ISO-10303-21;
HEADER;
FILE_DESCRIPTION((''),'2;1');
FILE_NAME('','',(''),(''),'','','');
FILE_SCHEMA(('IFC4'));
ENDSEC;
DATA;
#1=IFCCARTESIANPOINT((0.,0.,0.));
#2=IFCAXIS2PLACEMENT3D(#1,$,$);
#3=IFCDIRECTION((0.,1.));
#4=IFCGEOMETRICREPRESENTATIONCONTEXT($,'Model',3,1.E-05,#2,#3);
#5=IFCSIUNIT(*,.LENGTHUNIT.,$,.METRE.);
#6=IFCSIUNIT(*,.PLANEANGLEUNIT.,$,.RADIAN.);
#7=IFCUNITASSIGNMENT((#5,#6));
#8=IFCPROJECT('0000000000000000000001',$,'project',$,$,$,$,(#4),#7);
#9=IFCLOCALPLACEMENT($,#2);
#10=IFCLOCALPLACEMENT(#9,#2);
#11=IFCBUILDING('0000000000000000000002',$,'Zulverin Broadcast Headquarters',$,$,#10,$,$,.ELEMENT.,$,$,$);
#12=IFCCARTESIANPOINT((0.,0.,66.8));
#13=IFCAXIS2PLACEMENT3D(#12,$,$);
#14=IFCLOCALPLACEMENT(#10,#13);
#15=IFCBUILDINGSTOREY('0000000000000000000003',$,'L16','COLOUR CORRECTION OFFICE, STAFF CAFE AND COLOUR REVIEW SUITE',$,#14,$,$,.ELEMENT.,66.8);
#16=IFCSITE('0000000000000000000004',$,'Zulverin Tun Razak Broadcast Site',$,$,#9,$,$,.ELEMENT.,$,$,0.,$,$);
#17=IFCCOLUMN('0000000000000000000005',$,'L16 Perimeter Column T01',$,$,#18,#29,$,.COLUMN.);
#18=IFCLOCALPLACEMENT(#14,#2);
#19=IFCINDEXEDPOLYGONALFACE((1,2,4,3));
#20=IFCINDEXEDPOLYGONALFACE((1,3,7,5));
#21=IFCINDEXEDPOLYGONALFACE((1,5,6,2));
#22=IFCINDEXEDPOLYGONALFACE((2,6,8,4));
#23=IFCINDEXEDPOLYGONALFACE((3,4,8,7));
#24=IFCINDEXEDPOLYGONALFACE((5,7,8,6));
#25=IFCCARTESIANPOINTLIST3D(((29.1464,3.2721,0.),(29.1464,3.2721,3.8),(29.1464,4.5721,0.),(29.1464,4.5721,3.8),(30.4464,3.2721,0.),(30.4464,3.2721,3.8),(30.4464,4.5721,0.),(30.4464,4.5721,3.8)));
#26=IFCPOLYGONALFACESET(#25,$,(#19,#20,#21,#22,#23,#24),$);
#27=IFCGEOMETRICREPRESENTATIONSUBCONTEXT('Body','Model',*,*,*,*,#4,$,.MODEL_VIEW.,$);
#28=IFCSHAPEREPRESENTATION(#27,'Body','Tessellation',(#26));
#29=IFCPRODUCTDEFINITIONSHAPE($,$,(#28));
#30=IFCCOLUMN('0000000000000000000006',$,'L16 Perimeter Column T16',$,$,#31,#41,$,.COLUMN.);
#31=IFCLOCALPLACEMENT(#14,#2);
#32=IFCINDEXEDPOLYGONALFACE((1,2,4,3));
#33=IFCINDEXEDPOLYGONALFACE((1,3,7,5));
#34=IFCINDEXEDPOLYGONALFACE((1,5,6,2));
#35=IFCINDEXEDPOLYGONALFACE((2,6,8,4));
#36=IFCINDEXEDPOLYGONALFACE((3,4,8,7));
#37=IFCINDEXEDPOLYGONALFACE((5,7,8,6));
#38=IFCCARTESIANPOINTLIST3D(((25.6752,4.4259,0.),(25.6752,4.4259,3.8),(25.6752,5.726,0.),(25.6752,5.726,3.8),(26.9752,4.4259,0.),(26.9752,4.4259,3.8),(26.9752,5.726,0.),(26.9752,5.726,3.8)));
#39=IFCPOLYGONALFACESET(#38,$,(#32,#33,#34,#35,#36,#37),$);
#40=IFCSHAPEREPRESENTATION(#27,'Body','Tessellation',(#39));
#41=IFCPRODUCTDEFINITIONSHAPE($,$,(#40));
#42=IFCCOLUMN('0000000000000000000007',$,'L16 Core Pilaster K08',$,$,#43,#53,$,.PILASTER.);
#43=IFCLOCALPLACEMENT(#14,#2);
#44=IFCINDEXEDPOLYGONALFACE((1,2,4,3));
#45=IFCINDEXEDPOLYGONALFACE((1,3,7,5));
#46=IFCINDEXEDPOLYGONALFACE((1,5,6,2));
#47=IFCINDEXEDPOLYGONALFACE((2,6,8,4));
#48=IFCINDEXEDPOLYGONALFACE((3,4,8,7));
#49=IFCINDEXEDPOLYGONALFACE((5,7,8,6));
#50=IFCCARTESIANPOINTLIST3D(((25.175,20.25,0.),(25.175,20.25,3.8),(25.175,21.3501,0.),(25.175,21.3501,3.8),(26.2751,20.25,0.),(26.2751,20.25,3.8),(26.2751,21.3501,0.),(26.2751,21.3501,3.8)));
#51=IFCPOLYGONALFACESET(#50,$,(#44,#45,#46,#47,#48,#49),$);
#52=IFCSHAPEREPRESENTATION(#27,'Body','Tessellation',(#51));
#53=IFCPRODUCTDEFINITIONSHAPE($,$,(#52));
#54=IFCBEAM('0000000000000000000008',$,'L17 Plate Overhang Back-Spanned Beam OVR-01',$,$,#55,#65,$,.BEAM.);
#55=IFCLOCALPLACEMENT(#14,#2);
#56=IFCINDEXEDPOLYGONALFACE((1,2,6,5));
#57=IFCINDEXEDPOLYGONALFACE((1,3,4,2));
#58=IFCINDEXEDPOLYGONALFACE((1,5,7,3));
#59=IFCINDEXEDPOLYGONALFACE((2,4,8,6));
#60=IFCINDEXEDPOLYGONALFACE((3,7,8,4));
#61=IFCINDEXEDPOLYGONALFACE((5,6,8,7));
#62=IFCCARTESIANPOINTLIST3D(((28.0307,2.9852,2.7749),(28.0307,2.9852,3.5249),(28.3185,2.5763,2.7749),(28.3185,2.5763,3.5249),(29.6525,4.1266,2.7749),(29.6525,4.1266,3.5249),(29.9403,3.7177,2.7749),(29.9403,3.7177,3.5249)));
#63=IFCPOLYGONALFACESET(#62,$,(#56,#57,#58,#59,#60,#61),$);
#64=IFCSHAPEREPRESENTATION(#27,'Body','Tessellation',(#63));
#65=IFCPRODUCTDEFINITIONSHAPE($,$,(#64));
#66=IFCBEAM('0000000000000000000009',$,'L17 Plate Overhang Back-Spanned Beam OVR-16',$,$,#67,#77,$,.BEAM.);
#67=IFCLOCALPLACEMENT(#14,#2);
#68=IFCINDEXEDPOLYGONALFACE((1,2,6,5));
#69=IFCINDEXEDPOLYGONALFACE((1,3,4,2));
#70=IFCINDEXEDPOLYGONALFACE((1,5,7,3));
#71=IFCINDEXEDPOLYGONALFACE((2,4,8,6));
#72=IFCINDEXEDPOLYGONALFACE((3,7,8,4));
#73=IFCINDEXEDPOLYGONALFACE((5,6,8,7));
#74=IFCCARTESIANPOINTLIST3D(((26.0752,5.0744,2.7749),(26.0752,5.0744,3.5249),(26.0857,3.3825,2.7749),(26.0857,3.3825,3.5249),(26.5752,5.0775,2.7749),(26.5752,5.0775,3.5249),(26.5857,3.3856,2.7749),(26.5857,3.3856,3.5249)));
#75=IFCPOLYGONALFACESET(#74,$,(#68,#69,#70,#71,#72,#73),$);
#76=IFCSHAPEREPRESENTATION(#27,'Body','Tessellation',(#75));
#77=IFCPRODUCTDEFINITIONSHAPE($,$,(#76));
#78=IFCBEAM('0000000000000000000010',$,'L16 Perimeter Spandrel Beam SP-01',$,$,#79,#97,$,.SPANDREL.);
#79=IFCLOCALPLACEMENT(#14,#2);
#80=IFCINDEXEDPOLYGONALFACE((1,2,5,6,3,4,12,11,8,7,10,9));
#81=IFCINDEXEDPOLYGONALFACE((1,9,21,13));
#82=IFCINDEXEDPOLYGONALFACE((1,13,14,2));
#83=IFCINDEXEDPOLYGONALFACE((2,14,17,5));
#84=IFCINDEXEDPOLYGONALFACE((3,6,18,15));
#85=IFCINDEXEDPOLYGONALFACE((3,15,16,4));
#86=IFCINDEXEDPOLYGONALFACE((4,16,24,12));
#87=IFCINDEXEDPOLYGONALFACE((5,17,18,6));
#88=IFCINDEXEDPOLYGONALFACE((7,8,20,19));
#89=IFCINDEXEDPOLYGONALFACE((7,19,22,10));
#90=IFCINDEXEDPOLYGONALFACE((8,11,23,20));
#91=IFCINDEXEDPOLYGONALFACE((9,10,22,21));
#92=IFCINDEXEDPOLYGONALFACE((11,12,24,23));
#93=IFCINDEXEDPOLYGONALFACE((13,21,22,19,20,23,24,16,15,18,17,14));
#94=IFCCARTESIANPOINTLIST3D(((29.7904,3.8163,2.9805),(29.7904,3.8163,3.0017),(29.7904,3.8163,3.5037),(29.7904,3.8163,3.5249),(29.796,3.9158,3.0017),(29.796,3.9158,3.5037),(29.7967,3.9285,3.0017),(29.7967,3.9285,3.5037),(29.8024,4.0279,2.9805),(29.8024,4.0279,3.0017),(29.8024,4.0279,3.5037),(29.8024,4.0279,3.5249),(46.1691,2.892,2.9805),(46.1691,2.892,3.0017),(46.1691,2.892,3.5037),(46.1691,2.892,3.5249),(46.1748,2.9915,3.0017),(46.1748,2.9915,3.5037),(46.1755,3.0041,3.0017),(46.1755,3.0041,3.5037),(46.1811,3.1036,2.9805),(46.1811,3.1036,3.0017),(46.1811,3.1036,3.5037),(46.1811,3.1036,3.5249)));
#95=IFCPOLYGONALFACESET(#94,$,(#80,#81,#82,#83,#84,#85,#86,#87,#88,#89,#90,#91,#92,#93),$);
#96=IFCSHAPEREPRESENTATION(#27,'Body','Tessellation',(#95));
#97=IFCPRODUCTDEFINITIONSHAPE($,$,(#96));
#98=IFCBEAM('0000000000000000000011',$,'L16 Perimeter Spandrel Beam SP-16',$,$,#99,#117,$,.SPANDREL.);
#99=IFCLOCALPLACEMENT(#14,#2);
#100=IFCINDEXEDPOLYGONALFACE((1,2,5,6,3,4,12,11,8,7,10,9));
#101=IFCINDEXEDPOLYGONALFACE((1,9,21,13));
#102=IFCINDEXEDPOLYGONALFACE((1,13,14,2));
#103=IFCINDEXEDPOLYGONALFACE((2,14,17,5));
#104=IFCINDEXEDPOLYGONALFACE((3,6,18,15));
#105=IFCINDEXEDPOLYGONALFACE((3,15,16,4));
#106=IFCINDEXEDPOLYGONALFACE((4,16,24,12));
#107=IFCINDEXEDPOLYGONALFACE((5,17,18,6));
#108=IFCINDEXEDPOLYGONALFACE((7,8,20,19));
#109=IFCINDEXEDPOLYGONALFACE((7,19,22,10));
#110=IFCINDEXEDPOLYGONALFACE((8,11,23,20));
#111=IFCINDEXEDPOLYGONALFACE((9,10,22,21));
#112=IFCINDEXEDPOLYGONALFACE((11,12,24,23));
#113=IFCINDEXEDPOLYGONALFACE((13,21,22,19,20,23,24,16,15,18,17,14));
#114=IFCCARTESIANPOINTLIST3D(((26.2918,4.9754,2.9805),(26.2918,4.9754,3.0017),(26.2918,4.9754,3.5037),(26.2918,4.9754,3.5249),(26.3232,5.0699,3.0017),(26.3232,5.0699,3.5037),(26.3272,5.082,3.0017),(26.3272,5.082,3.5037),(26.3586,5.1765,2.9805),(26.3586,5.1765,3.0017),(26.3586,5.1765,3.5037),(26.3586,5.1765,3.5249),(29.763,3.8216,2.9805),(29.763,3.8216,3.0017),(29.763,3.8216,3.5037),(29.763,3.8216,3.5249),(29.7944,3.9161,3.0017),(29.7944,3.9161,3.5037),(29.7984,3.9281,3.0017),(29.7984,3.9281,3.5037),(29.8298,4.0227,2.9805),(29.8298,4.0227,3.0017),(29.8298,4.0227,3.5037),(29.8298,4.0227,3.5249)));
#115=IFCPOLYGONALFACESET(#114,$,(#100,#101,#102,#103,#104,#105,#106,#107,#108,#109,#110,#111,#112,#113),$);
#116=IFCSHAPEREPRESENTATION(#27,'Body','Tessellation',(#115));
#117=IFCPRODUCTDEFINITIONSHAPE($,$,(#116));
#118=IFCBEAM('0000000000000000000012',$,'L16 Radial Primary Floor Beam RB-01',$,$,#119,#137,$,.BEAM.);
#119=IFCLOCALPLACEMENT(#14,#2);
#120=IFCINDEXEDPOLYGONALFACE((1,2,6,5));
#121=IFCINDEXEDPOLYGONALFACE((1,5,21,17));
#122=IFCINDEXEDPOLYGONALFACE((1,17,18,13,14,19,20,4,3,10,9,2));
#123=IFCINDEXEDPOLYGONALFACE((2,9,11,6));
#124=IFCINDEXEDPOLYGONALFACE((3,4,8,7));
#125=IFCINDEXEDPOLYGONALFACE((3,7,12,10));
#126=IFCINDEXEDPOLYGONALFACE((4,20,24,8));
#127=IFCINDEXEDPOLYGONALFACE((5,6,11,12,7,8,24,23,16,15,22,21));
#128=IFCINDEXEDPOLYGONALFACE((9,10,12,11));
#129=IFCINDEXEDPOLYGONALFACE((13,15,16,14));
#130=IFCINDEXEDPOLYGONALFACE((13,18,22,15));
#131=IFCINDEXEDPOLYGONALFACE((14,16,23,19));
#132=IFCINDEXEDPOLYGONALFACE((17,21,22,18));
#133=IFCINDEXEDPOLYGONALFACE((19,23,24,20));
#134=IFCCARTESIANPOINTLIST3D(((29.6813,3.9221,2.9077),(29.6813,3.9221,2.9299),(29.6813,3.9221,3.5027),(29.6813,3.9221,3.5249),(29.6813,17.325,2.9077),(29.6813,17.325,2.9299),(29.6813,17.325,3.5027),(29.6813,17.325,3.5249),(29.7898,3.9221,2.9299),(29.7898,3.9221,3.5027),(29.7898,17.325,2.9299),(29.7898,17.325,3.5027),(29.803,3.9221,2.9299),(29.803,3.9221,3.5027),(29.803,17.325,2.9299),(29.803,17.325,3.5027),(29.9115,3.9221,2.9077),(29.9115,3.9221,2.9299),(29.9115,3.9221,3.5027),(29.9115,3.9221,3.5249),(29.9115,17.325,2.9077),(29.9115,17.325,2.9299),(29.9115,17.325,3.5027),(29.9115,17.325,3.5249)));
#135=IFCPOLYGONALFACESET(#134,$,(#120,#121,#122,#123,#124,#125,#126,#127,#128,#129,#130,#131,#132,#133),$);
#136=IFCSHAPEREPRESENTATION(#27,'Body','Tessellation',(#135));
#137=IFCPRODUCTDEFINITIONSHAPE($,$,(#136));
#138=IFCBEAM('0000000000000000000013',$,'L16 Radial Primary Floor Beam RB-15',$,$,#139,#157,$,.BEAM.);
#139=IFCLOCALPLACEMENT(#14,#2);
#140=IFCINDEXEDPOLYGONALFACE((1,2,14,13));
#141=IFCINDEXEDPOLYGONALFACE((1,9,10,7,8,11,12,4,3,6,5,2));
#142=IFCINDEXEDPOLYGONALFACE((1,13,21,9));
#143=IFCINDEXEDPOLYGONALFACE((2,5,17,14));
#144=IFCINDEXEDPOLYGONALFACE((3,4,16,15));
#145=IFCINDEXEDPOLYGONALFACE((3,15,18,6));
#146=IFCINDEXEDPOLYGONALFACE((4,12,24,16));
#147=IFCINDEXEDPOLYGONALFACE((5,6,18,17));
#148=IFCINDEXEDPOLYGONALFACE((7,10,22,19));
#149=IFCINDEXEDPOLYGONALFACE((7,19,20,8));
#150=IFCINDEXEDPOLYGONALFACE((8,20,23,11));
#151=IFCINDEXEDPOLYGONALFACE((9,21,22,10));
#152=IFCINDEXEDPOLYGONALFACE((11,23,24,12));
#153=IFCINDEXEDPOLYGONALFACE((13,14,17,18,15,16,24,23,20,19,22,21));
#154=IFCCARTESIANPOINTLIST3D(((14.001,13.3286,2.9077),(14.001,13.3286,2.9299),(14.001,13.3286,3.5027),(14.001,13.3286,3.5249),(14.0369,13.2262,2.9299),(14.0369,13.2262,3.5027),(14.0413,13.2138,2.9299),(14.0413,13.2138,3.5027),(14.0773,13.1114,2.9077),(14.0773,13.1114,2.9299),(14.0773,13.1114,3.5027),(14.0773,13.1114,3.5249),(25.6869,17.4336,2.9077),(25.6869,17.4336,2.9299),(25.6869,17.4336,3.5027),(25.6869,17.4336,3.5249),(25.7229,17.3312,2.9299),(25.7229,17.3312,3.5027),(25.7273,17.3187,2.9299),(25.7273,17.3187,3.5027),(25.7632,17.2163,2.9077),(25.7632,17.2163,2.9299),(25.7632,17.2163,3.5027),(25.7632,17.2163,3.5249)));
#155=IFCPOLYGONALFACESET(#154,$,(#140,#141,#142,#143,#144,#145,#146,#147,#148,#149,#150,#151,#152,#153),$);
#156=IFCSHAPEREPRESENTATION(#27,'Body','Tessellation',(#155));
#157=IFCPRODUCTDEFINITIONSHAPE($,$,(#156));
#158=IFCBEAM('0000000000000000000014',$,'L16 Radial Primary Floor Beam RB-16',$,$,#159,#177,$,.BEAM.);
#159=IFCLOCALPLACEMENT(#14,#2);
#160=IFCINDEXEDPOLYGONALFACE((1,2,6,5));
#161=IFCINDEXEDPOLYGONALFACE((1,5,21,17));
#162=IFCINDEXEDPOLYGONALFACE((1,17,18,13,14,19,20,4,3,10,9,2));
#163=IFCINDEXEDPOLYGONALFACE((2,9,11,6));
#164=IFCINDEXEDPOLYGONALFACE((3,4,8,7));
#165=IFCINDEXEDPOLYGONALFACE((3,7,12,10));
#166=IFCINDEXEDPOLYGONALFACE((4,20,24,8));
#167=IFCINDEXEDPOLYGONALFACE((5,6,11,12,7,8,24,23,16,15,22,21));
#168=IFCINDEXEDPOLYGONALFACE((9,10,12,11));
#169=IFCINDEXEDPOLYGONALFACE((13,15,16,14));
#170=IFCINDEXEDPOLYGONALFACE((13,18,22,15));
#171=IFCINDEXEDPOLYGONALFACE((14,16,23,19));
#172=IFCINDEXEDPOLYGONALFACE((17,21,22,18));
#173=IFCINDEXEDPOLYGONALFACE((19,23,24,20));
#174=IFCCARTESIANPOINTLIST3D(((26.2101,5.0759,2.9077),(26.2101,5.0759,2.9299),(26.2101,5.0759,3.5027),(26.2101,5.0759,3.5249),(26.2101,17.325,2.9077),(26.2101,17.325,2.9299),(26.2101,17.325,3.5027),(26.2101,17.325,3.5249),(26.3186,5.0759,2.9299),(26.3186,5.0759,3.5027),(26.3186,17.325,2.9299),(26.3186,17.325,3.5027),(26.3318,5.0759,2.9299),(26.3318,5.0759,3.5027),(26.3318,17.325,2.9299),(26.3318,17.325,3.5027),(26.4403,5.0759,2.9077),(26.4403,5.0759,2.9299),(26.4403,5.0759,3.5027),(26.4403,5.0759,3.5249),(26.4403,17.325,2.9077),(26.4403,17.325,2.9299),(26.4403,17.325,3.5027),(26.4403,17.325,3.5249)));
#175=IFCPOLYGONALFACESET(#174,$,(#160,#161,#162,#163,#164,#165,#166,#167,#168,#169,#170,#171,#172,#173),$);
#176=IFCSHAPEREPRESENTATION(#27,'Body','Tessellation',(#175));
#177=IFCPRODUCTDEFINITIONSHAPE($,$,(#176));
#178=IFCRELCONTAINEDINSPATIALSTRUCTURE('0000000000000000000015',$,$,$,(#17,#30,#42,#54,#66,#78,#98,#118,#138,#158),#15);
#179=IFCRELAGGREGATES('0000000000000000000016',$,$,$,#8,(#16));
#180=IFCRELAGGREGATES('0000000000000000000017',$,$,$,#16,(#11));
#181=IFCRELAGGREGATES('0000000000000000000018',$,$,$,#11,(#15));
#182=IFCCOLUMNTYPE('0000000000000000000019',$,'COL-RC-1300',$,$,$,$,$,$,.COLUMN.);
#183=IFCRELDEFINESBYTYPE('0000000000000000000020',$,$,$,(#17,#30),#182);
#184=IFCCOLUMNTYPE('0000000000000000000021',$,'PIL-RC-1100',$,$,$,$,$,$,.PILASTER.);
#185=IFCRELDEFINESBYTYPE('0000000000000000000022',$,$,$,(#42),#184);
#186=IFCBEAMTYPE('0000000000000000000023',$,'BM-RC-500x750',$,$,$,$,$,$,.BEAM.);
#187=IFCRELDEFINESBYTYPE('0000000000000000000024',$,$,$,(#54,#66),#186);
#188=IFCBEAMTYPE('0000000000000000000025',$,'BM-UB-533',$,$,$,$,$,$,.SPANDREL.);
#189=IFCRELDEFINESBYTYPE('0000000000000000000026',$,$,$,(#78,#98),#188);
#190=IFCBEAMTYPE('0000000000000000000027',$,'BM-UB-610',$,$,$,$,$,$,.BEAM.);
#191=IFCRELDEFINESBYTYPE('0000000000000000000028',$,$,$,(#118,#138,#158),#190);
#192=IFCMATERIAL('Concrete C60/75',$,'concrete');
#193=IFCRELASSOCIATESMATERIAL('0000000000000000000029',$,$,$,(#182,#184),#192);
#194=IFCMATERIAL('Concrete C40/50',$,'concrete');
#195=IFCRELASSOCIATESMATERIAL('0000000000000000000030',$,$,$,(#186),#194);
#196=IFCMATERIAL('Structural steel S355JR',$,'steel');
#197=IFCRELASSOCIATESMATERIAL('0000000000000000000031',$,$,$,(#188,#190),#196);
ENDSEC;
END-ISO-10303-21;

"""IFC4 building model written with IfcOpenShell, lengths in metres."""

from ifc_helpers import new_model, si_unit, direction, frame, origin, origin_2d, place, context, subcontext, project, spatial, rectangle, i_section, extrude, material, material_profile, profile_set, type_object, element, save


model = new_model("IFC4")

# Units and contexts
model_context = context("Model", 3, precision=1e-05, world=origin(), true_north=direction((0.0, 1.0)))
body_context = subcontext(model_context, "Body", "Model", "MODEL_VIEW")
ifc_project = project(units=[si_unit("LENGTHUNIT", "METRE"), si_unit("PLANEANGLEUNIT", "RADIAN")], contexts=[model_context])

# Site, building, storey
site_placement = place(None, origin())
site = spatial("IfcSite", under=ifc_project, at=site_placement, Name="Zulverin Tun Razak Broadcast Site", CompositionType="ELEMENT", RefElevation=0.0)
building_placement = place(site_placement, origin())
building = spatial("IfcBuilding", under=site, at=building_placement, Name="Zulverin Broadcast Headquarters", CompositionType="ELEMENT")
storey_placement = place(building_placement, frame((0.0, 0.0, 66.8)))
storey = spatial("IfcBuildingStorey", under=building, at=storey_placement, Name="L16", Description="COLOUR CORRECTION OFFICE, STAFF CAFE AND COLOUR REVIEW SUITE", CompositionType="ELEMENT", Elevation=66.8)

# Columns
ifc_material_1 = material(Name="Concrete C60/75", Category="concrete")
ifc_material_profile_1 = material_profile(ifc_material_1, rectangle(XDim=1.3, YDim=1.3, at=origin_2d()), Name="Concrete C60/75", Category="concrete")
ifc_profile_set_1 = profile_set([ifc_material_profile_1], Name="Concrete C60/75")
column_type_1 = type_object("IfcColumnType", Name="COL-RC-1300", PredefinedType="COLUMN", material=ifc_profile_set_1)
for number, where, z_axis, x_axis, name in (
    (1, (29.7964, 3.9221, 0.0), (0.0, 0.0, 1.0), (1.0, 0.0, 0.0), "L16 Perimeter Column T01"),
    (2, (26.3252, 5.0759, 0.0), (0.0, 0.0, 1.0), (1.0, 0.0, 0.0), "L16 Perimeter Column T16"),
):
    element("IfcColumn", number, at=place(storey_placement, frame(where, z_axis=z_axis, x_axis=x_axis)), inside=storey, type_object=column_type_1, Name=name, PredefinedType="COLUMN", context=body_context, shape_type="SweptSolid", body=[
        extrude(rectangle(XDim=1.3, YDim=1.3, at=origin_2d()), origin(), (0.0, 0.0, 1.0), 3.8),
    ])
ifc_material_profile_2 = material_profile(ifc_material_1, rectangle(XDim=1.1001, YDim=1.1001, at=origin_2d()), Name="Concrete C60/75", Category="concrete")
ifc_profile_set_2 = profile_set([ifc_material_profile_2], Name="Concrete C60/75")
column_type_2 = type_object("IfcColumnType", Name="PIL-RC-1100", PredefinedType="PILASTER", material=ifc_profile_set_2)
column_placement = place(storey_placement, frame((25.7251, 20.8, 0.0), z_axis=(0.0, 0.0, 1.0), x_axis=(1.0, 0.0, 0.0)))
element("IfcColumn", 3, at=column_placement, inside=storey, type_object=column_type_2, Name="L16 Core Pilaster K08", PredefinedType="PILASTER", context=body_context, shape_type="SweptSolid", body=[
    extrude(rectangle(XDim=1.1001, YDim=1.1001, at=origin_2d()), origin(), (0.0, 0.0, 1.0), 3.8),
])

# Beams
ifc_material_2 = material(Name="Concrete C40/50", Category="concrete")
ifc_material_profile_3 = material_profile(ifc_material_2, rectangle(XDim=0.5, YDim=0.75, at=origin_2d()), Name="Concrete C40/50", Category="concrete")
ifc_profile_set_3 = profile_set([ifc_material_profile_3], Name="Concrete C40/50")
beam_type_1 = type_object("IfcBeamType", Name="BM-RC-500x750", PredefinedType="BEAM", material=ifc_profile_set_3)
beam_1_placement = place(storey_placement, frame((29.7964, 3.9221, 3.1499), z_axis=(-0.817789, -0.575518, 0.0), x_axis=(0.575518, -0.817789, 0.0)))
element("IfcBeam", 4, at=beam_1_placement, inside=storey, type_object=beam_type_1, Name="L17 Plate Overhang Back-Spanned Beam OVR-01", PredefinedType="BEAM", context=body_context, shape_type="SweptSolid", body=[
    extrude(rectangle(XDim=0.5, YDim=0.75, at=origin_2d()), origin(), (0.0, 0.0, 1.0), 1.9832),
])
beam_2_placement = place(storey_placement, frame((26.3252, 5.0759, 3.1499), z_axis=(0.006205, -0.999981, 0.0), x_axis=(0.999981, 0.006205, 0.0)))
element("IfcBeam", 5, at=beam_2_placement, inside=storey, type_object=beam_type_1, Name="L17 Plate Overhang Back-Spanned Beam OVR-16", PredefinedType="BEAM", context=body_context, shape_type="SweptSolid", body=[
    extrude(rectangle(XDim=0.5, YDim=0.75, at=origin_2d()), origin(), (0.0, 0.0, 1.0), 1.6919),
])
ifc_material_3 = material(Name="Structural steel S355JR", Category="steel")
ifc_material_profile_4 = material_profile(ifc_material_3, i_section(OverallWidth=0.2119, OverallDepth=0.5444, WebThickness=0.0127, FlangeThickness=0.0212, at=origin_2d()), Name="Structural steel S355JR", Category="steel")
ifc_profile_set_4 = profile_set([ifc_material_profile_4], Name="Structural steel S355JR")
beam_type_2 = type_object("IfcBeamType", Name="BM-UB-533", PredefinedType="SPANDREL", material=ifc_profile_set_4)
beam_3_placement = place(storey_placement, frame((29.7964, 3.9221, 3.2527), z_axis=(0.998411, -0.056345, 0.0), x_axis=(0.056345, 0.998411, 0.0)))
element("IfcBeam", 6, at=beam_3_placement, inside=storey, type_object=beam_type_2, Name="L16 Perimeter Spandrel Beam SP-01", PredefinedType="SPANDREL", context=body_context, shape_type="SweptSolid", body=[
    extrude(i_section(OverallWidth=0.2119, OverallDepth=0.5444, WebThickness=0.0127, FlangeThickness=0.0212, at=origin_2d()), origin(), (0.0, 0.0, 1.0), 16.4048),
])
beam_4_placement = place(storey_placement, frame((26.3252, 5.0759, 3.2527), z_axis=(0.94895, -0.315427, 0.0), x_axis=(0.315427, 0.94895, 0.0)))
element("IfcBeam", 7, at=beam_4_placement, inside=storey, type_object=beam_type_2, Name="L16 Perimeter Spandrel Beam SP-16", PredefinedType="SPANDREL", context=body_context, shape_type="SweptSolid", body=[
    extrude(i_section(OverallWidth=0.2119, OverallDepth=0.5444, WebThickness=0.0127, FlangeThickness=0.0212, at=origin_2d()), origin(), (0.0, 0.0, 1.0), 3.658),
])
ifc_material_profile_5 = material_profile(ifc_material_3, i_section(OverallWidth=0.2302, OverallDepth=0.6172, WebThickness=0.0132, FlangeThickness=0.0222, at=origin_2d()), Name="Structural steel S355JR", Category="steel")
ifc_profile_set_5 = profile_set([ifc_material_profile_5], Name="Structural steel S355JR")
beam_type_3 = type_object("IfcBeamType", Name="BM-UB-610", PredefinedType="BEAM", material=ifc_profile_set_5)
beam_5_placement = place(storey_placement, frame((29.7964, 17.325, 3.2163), z_axis=(0.0, -1.0, 0.0), x_axis=(1.0, 0.0, 0.0)))
element("IfcBeam", 8, at=beam_5_placement, inside=storey, type_object=beam_type_3, Name="L16 Radial Primary Floor Beam RB-01", PredefinedType="BEAM", context=body_context, shape_type="SweptSolid", body=[
    extrude(i_section(OverallWidth=0.2302, OverallDepth=0.6172, WebThickness=0.0132, FlangeThickness=0.0222, at=origin_2d()), origin(), (0.0, 0.0, 1.0), 13.4028),
])
beam_6_placement = place(storey_placement, frame((25.7251, 17.325, 3.2163), z_axis=(-0.943483, -0.33142, 0.0), x_axis=(0.33142, -0.943483, 0.0)))
element("IfcBeam", 9, at=beam_6_placement, inside=storey, type_object=beam_type_3, Name="L16 Radial Primary Floor Beam RB-15", PredefinedType="BEAM", context=body_context, shape_type="SweptSolid", body=[
    extrude(i_section(OverallWidth=0.2302, OverallDepth=0.6172, WebThickness=0.0132, FlangeThickness=0.0222, at=origin_2d()), origin(), (0.0, 0.0, 1.0), 12.386),
])
beam_7_placement = place(storey_placement, frame((26.3252, 17.325, 3.2163), z_axis=(0.0, -1.0, 0.0), x_axis=(1.0, 0.0, 0.0)))
element("IfcBeam", 10, at=beam_7_placement, inside=storey, type_object=beam_type_3, Name="L16 Radial Primary Floor Beam RB-16", PredefinedType="BEAM", context=body_context, shape_type="SweptSolid", body=[
    extrude(i_section(OverallWidth=0.2302, OverallDepth=0.6172, WebThickness=0.0132, FlangeThickness=0.0222, at=origin_2d()), origin(), (0.0, 0.0, 1.0), 12.249),
])

save(model, "model.ifc")
